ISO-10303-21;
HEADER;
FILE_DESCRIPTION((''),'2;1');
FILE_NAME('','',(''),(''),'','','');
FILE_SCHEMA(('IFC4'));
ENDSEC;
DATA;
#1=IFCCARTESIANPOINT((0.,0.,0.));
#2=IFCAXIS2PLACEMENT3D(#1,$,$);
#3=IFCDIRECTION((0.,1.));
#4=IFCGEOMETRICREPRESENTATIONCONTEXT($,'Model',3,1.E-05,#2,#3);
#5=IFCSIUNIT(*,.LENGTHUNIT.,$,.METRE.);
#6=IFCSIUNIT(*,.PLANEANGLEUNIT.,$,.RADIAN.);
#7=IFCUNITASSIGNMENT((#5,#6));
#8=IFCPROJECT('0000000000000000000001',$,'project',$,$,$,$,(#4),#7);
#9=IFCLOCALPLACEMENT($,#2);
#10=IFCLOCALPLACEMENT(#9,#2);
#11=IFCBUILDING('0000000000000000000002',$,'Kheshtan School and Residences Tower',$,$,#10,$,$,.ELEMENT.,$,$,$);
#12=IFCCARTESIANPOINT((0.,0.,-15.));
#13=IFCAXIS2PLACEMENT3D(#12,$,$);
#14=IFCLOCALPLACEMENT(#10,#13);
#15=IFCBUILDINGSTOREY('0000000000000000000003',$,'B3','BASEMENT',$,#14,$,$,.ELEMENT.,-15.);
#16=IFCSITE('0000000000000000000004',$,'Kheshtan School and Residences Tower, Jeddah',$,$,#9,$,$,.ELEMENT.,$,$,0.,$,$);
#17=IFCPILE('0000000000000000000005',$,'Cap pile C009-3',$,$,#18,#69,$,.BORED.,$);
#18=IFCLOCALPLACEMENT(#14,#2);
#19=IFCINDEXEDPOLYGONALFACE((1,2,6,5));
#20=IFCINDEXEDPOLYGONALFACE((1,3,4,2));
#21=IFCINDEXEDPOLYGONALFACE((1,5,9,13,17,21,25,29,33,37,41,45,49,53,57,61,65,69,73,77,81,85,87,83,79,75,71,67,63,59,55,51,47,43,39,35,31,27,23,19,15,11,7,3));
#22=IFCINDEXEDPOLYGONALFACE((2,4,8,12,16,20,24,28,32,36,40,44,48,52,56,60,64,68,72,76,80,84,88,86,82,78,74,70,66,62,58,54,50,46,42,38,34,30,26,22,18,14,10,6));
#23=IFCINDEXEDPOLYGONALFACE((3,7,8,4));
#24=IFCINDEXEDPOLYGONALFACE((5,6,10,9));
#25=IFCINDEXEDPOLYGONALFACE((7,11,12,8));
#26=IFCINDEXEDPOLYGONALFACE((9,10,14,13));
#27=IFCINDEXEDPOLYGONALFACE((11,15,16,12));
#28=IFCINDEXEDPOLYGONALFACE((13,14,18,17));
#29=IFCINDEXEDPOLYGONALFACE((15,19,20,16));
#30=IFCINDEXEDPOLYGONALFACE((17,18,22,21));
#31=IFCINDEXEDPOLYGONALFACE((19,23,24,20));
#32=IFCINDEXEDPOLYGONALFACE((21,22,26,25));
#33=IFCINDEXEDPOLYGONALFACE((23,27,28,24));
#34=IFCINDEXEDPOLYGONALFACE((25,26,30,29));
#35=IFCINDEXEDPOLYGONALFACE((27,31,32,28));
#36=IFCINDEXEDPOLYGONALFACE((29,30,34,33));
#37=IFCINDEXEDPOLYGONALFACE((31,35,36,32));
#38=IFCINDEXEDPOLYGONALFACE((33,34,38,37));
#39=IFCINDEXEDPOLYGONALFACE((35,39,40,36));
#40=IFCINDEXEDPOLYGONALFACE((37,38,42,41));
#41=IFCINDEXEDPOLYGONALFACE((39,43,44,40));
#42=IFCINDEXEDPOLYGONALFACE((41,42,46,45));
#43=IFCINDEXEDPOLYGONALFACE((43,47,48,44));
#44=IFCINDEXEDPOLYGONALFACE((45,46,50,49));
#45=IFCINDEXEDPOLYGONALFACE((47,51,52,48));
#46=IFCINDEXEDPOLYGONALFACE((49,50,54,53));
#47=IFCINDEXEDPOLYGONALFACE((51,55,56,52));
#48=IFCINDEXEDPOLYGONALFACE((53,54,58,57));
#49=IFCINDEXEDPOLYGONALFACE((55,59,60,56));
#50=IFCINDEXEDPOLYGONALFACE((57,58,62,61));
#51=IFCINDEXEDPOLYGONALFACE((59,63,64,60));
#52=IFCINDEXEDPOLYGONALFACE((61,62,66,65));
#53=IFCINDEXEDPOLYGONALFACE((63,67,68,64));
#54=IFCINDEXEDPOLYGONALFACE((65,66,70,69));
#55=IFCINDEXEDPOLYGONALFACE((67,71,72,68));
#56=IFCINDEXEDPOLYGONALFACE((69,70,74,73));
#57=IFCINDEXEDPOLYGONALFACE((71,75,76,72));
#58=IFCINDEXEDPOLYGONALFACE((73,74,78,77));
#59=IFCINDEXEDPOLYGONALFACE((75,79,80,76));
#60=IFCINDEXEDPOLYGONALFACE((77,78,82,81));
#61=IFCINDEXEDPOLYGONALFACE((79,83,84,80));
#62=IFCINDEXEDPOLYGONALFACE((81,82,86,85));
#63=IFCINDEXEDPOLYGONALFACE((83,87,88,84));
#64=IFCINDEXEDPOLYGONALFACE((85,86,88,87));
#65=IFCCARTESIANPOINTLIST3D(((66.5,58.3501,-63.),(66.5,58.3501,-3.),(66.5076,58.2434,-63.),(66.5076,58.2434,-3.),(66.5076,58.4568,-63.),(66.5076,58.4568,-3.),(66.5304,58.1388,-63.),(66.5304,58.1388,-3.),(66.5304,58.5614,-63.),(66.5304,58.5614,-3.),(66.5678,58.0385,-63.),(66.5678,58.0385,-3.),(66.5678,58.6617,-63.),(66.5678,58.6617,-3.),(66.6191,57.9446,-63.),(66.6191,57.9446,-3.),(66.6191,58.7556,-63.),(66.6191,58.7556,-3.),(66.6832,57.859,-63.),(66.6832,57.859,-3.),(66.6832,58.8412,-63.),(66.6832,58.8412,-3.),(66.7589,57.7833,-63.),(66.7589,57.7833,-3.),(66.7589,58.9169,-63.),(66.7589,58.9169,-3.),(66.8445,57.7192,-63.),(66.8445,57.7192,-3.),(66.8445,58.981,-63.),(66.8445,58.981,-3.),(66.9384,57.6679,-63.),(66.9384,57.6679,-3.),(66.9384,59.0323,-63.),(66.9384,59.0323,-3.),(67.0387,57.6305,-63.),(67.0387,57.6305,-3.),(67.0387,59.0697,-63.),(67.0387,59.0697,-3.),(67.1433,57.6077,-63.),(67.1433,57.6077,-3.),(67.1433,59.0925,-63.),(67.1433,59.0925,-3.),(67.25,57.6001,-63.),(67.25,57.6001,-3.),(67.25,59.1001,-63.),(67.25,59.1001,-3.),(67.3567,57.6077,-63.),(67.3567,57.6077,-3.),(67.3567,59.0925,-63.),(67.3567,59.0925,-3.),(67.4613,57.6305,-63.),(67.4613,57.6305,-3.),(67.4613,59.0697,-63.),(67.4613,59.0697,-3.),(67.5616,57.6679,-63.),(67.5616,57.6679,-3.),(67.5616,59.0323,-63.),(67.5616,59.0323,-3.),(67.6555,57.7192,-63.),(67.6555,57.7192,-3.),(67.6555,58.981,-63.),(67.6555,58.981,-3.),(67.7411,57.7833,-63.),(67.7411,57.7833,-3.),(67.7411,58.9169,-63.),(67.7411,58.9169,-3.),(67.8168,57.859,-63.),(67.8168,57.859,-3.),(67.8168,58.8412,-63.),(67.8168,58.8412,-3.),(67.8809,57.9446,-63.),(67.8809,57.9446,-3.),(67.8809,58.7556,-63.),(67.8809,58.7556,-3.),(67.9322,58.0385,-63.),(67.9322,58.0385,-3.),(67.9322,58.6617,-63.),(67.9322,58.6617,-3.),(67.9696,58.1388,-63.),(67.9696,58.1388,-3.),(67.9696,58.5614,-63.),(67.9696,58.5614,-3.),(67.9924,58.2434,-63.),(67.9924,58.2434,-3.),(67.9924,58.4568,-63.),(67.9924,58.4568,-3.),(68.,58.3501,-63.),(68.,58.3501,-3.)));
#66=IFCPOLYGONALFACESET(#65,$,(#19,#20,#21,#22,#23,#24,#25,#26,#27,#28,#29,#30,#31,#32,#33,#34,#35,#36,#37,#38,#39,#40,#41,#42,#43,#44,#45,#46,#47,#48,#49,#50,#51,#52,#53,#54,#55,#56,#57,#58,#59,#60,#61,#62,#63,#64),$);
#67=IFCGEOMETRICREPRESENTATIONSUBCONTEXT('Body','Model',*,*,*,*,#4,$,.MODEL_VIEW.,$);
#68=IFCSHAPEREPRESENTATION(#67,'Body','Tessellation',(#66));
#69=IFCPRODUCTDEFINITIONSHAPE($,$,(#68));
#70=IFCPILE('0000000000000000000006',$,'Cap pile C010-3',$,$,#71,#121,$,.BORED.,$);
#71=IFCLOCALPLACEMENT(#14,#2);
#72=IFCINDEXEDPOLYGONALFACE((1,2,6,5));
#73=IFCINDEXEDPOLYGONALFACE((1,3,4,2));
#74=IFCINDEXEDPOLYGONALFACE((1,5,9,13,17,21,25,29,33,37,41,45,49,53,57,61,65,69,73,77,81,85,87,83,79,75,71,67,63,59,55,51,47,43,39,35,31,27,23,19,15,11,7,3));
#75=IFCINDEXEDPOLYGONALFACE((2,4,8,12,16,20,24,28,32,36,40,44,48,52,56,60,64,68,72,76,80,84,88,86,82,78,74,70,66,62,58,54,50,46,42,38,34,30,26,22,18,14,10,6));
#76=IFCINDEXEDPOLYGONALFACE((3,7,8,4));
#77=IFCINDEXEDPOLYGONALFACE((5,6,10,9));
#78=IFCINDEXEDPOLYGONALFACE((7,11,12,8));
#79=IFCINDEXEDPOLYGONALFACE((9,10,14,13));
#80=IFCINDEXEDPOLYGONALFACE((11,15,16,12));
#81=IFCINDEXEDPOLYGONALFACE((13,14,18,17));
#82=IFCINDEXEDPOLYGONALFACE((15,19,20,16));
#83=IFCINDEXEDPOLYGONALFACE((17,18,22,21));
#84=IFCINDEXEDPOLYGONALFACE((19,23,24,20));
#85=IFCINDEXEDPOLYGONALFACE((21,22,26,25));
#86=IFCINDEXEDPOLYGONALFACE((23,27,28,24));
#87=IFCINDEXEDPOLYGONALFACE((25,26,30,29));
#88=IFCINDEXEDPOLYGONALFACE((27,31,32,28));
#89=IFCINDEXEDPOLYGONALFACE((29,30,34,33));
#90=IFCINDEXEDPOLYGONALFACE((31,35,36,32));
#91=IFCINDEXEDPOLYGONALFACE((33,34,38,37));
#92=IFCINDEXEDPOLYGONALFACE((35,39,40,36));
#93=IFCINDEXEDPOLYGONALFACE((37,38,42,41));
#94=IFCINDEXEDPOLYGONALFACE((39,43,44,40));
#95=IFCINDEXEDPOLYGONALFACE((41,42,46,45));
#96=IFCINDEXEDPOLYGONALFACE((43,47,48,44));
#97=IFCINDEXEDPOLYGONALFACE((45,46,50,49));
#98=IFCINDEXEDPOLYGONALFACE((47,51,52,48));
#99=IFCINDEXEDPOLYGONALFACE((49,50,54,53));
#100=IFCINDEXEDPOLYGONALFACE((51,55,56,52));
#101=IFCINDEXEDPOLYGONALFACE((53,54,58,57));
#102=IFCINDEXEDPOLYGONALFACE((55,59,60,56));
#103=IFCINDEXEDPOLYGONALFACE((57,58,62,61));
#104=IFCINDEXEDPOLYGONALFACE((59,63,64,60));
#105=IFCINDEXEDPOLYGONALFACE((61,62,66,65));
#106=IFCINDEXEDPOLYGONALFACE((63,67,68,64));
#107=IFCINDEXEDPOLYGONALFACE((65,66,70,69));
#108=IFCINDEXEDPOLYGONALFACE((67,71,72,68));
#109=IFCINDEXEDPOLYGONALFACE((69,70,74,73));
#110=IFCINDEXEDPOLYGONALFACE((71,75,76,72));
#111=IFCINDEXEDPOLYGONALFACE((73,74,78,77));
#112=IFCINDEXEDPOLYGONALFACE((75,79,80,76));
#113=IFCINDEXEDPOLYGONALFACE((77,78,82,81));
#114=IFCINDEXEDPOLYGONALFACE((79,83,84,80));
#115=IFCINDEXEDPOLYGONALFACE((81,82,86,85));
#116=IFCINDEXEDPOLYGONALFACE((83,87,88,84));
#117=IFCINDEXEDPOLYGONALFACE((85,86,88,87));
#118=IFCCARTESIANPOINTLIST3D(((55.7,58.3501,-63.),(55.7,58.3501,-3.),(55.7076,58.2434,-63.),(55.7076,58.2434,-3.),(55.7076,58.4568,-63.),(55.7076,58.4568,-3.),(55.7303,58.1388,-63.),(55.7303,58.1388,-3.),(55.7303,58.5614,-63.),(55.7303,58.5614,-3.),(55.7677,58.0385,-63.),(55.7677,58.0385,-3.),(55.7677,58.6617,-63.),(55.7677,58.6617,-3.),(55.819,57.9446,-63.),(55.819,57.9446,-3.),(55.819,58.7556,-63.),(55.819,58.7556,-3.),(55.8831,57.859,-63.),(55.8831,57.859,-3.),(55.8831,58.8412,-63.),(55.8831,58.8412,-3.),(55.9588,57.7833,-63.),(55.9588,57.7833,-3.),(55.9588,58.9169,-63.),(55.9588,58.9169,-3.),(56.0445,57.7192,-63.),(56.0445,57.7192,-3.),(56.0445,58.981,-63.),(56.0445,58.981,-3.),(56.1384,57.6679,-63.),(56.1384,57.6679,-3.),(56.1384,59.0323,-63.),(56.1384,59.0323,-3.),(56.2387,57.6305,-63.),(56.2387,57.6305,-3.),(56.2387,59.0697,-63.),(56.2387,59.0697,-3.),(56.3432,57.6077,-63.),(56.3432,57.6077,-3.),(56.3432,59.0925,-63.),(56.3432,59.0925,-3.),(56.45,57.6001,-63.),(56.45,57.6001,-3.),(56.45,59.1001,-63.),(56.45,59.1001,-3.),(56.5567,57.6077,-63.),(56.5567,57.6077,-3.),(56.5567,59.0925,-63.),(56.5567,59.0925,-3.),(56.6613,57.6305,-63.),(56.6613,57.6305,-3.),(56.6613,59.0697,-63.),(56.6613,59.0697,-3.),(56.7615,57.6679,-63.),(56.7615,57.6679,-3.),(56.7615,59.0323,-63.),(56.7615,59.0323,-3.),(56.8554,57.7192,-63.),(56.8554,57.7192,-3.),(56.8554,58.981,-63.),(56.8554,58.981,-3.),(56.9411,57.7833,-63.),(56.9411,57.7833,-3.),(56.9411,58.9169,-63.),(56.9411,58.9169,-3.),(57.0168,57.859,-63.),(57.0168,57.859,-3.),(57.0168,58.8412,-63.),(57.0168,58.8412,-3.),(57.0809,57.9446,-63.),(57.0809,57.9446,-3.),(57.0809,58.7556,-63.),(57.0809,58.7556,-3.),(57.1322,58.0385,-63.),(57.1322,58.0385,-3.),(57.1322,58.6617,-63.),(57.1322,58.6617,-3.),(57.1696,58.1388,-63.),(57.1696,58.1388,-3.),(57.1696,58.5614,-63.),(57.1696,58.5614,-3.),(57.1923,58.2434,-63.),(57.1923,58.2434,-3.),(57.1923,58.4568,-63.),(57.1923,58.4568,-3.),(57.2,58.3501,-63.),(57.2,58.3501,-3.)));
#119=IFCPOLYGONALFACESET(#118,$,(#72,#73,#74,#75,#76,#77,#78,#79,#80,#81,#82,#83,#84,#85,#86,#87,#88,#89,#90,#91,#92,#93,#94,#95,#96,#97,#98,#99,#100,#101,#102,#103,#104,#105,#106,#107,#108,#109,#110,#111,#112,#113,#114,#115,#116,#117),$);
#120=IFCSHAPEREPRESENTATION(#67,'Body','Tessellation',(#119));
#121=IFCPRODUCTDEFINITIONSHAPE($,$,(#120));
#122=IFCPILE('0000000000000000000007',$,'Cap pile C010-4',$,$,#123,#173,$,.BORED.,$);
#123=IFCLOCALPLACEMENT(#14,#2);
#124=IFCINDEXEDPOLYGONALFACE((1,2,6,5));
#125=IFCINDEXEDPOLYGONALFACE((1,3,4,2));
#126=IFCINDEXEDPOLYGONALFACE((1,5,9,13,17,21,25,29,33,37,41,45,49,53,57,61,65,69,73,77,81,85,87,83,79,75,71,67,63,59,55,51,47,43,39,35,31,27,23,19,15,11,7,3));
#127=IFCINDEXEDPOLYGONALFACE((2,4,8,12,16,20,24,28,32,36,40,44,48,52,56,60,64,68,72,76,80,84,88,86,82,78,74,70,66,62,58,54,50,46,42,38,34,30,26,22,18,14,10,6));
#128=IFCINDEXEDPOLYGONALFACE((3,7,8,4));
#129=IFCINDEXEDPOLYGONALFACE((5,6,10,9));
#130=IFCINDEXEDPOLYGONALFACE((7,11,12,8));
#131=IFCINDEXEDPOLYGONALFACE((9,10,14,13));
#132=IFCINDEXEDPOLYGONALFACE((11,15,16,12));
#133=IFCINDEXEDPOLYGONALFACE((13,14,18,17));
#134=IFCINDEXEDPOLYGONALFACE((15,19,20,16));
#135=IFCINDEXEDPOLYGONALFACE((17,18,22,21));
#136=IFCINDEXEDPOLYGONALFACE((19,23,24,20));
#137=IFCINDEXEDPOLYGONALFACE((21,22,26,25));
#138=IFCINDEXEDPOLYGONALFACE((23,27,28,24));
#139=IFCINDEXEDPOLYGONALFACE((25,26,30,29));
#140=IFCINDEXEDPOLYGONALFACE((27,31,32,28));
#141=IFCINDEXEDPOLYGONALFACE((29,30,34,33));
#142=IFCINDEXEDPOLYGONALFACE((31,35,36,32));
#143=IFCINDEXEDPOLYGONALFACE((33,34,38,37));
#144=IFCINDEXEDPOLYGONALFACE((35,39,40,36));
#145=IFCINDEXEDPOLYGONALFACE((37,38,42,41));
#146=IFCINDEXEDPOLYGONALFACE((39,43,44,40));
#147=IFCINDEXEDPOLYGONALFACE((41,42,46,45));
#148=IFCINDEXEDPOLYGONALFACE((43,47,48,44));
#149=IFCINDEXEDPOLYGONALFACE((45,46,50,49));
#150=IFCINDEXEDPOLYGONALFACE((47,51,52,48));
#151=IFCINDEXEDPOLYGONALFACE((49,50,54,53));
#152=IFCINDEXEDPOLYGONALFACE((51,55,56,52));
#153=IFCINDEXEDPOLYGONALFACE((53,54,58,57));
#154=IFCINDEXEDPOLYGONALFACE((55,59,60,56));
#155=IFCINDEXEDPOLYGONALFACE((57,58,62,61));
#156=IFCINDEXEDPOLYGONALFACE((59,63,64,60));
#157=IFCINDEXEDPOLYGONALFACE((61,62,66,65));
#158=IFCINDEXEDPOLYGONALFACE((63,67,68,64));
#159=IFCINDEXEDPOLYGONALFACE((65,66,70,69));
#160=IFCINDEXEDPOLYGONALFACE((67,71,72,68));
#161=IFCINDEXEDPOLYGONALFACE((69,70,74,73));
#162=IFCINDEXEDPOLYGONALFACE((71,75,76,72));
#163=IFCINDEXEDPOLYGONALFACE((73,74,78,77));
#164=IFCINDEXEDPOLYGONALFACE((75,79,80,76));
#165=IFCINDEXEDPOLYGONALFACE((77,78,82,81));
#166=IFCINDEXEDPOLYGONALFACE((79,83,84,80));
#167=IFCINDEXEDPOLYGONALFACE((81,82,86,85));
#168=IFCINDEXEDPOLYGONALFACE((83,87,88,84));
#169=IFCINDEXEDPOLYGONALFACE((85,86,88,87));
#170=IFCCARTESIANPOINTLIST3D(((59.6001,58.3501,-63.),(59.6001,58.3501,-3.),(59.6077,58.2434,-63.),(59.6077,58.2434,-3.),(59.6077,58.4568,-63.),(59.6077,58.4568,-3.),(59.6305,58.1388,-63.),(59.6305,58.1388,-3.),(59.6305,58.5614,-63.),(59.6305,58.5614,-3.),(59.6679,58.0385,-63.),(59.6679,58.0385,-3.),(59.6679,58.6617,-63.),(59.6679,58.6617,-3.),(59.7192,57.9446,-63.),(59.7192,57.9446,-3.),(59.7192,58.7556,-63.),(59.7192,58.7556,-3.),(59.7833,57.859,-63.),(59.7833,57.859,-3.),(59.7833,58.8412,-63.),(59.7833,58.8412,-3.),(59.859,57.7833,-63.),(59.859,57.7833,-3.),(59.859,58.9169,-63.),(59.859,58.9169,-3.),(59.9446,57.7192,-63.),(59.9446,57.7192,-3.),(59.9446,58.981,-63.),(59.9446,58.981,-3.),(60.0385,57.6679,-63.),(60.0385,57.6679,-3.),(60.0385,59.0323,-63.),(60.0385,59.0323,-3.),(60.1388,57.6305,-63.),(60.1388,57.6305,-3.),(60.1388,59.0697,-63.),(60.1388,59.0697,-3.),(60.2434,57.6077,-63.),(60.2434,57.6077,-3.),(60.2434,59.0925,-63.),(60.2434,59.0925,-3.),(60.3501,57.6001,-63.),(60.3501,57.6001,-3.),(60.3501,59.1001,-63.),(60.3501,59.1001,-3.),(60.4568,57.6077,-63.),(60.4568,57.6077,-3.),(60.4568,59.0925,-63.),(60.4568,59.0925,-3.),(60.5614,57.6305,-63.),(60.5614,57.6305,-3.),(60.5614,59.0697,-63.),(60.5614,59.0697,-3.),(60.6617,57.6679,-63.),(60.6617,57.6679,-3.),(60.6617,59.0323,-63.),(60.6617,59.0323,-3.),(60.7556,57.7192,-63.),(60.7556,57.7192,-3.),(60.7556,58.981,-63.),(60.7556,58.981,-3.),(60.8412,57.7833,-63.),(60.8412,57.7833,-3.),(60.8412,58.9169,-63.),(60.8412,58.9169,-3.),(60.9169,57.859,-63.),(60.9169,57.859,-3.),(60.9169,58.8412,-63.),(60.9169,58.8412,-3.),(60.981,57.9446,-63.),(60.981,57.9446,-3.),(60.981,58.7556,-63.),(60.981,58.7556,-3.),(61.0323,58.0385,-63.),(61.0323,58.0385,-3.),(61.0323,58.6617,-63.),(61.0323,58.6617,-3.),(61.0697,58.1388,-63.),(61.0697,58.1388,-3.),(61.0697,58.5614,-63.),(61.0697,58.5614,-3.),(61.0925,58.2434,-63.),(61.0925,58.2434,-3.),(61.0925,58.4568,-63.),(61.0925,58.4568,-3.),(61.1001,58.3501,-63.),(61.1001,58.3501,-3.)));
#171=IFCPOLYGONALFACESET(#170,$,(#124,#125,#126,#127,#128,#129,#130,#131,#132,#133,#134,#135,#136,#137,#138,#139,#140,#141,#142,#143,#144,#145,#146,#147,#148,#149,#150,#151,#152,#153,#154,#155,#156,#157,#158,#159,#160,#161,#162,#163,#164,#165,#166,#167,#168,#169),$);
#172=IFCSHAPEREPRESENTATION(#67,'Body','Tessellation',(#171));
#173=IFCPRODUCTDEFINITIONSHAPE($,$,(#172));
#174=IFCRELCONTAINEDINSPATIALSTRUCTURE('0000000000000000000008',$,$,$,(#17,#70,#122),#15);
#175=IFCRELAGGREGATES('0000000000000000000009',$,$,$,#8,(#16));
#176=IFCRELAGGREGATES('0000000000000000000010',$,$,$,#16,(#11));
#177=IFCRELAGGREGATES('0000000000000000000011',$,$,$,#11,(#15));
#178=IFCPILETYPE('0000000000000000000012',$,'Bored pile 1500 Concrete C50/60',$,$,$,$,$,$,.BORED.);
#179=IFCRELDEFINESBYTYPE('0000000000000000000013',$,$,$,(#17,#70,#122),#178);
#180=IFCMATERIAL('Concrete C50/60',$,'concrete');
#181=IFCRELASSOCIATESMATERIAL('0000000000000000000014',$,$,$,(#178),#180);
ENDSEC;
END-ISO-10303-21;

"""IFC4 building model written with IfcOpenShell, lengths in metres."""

from ifc_helpers import new_model, si_unit, direction, frame, origin, origin_2d, place, context, subcontext, project, spatial, circle, extrude, material, material_profile, profile_set, type_object, element, save


model = new_model("IFC4")

# Units and contexts
model_context = context("Model", 3, precision=1e-05, world=origin(), true_north=direction((0.0, 1.0)))
body_context = subcontext(model_context, "Body", "Model", "MODEL_VIEW")
ifc_project = project(units=[si_unit("LENGTHUNIT", "METRE"), si_unit("PLANEANGLEUNIT", "RADIAN")], contexts=[model_context])

# Site, building, storey
site_placement = place(None, origin())
site = spatial("IfcSite", under=ifc_project, at=site_placement, Name="Kheshtan School and Residences Tower, Jeddah", CompositionType="ELEMENT", RefElevation=0.0)
building_placement = place(site_placement, origin())
building = spatial("IfcBuilding", under=site, at=building_placement, Name="Kheshtan School and Residences Tower", CompositionType="ELEMENT")
storey_placement = place(building_placement, frame((0.0, 0.0, -15.0)))
storey = spatial("IfcBuildingStorey", under=building, at=storey_placement, Name="B3", Description="BASEMENT", CompositionType="ELEMENT", Elevation=-15.0)

# Piles
ifc_material_1 = material(Name="Concrete C50/60", Category="concrete")
ifc_material_profile_1 = material_profile(ifc_material_1, circle(Radius=0.75, at=origin_2d()), Name="BP 1500")
ifc_profile_set_1 = profile_set([ifc_material_profile_1], Name="Concrete C50/60")
pile_type = type_object("IfcPileType", Name="Bored pile 1500 Concrete C50/60", PredefinedType="BORED", material=ifc_profile_set_1)
for number, where, z_axis, x_axis, name in (
    (1, (67.25, 58.3501, -3.0), (0.0, 0.0, -1.0), (1.0, 0.0, 0.0), "Cap pile C009-3"),
    (2, (56.45, 58.3501, -3.0), (0.0, 0.0, -1.0), (1.0, 0.0, 0.0), "Cap pile C010-3"),
    (3, (60.3501, 58.3501, -3.0), (0.0, 0.0, -1.0), (1.0, 0.0, 0.0), "Cap pile C010-4"),
):
    element("IfcPile", number, at=place(storey_placement, frame(where, z_axis=z_axis, x_axis=x_axis)), inside=storey, type_object=pile_type, Name=name, PredefinedType="BORED", context=body_context, shape_type="SweptSolid", body=[
        extrude(circle(Radius=0.75, at=origin_2d()), origin(), (0.0, 0.0, 1.0), 60.0),
    ])

save(model, "model.ifc")
